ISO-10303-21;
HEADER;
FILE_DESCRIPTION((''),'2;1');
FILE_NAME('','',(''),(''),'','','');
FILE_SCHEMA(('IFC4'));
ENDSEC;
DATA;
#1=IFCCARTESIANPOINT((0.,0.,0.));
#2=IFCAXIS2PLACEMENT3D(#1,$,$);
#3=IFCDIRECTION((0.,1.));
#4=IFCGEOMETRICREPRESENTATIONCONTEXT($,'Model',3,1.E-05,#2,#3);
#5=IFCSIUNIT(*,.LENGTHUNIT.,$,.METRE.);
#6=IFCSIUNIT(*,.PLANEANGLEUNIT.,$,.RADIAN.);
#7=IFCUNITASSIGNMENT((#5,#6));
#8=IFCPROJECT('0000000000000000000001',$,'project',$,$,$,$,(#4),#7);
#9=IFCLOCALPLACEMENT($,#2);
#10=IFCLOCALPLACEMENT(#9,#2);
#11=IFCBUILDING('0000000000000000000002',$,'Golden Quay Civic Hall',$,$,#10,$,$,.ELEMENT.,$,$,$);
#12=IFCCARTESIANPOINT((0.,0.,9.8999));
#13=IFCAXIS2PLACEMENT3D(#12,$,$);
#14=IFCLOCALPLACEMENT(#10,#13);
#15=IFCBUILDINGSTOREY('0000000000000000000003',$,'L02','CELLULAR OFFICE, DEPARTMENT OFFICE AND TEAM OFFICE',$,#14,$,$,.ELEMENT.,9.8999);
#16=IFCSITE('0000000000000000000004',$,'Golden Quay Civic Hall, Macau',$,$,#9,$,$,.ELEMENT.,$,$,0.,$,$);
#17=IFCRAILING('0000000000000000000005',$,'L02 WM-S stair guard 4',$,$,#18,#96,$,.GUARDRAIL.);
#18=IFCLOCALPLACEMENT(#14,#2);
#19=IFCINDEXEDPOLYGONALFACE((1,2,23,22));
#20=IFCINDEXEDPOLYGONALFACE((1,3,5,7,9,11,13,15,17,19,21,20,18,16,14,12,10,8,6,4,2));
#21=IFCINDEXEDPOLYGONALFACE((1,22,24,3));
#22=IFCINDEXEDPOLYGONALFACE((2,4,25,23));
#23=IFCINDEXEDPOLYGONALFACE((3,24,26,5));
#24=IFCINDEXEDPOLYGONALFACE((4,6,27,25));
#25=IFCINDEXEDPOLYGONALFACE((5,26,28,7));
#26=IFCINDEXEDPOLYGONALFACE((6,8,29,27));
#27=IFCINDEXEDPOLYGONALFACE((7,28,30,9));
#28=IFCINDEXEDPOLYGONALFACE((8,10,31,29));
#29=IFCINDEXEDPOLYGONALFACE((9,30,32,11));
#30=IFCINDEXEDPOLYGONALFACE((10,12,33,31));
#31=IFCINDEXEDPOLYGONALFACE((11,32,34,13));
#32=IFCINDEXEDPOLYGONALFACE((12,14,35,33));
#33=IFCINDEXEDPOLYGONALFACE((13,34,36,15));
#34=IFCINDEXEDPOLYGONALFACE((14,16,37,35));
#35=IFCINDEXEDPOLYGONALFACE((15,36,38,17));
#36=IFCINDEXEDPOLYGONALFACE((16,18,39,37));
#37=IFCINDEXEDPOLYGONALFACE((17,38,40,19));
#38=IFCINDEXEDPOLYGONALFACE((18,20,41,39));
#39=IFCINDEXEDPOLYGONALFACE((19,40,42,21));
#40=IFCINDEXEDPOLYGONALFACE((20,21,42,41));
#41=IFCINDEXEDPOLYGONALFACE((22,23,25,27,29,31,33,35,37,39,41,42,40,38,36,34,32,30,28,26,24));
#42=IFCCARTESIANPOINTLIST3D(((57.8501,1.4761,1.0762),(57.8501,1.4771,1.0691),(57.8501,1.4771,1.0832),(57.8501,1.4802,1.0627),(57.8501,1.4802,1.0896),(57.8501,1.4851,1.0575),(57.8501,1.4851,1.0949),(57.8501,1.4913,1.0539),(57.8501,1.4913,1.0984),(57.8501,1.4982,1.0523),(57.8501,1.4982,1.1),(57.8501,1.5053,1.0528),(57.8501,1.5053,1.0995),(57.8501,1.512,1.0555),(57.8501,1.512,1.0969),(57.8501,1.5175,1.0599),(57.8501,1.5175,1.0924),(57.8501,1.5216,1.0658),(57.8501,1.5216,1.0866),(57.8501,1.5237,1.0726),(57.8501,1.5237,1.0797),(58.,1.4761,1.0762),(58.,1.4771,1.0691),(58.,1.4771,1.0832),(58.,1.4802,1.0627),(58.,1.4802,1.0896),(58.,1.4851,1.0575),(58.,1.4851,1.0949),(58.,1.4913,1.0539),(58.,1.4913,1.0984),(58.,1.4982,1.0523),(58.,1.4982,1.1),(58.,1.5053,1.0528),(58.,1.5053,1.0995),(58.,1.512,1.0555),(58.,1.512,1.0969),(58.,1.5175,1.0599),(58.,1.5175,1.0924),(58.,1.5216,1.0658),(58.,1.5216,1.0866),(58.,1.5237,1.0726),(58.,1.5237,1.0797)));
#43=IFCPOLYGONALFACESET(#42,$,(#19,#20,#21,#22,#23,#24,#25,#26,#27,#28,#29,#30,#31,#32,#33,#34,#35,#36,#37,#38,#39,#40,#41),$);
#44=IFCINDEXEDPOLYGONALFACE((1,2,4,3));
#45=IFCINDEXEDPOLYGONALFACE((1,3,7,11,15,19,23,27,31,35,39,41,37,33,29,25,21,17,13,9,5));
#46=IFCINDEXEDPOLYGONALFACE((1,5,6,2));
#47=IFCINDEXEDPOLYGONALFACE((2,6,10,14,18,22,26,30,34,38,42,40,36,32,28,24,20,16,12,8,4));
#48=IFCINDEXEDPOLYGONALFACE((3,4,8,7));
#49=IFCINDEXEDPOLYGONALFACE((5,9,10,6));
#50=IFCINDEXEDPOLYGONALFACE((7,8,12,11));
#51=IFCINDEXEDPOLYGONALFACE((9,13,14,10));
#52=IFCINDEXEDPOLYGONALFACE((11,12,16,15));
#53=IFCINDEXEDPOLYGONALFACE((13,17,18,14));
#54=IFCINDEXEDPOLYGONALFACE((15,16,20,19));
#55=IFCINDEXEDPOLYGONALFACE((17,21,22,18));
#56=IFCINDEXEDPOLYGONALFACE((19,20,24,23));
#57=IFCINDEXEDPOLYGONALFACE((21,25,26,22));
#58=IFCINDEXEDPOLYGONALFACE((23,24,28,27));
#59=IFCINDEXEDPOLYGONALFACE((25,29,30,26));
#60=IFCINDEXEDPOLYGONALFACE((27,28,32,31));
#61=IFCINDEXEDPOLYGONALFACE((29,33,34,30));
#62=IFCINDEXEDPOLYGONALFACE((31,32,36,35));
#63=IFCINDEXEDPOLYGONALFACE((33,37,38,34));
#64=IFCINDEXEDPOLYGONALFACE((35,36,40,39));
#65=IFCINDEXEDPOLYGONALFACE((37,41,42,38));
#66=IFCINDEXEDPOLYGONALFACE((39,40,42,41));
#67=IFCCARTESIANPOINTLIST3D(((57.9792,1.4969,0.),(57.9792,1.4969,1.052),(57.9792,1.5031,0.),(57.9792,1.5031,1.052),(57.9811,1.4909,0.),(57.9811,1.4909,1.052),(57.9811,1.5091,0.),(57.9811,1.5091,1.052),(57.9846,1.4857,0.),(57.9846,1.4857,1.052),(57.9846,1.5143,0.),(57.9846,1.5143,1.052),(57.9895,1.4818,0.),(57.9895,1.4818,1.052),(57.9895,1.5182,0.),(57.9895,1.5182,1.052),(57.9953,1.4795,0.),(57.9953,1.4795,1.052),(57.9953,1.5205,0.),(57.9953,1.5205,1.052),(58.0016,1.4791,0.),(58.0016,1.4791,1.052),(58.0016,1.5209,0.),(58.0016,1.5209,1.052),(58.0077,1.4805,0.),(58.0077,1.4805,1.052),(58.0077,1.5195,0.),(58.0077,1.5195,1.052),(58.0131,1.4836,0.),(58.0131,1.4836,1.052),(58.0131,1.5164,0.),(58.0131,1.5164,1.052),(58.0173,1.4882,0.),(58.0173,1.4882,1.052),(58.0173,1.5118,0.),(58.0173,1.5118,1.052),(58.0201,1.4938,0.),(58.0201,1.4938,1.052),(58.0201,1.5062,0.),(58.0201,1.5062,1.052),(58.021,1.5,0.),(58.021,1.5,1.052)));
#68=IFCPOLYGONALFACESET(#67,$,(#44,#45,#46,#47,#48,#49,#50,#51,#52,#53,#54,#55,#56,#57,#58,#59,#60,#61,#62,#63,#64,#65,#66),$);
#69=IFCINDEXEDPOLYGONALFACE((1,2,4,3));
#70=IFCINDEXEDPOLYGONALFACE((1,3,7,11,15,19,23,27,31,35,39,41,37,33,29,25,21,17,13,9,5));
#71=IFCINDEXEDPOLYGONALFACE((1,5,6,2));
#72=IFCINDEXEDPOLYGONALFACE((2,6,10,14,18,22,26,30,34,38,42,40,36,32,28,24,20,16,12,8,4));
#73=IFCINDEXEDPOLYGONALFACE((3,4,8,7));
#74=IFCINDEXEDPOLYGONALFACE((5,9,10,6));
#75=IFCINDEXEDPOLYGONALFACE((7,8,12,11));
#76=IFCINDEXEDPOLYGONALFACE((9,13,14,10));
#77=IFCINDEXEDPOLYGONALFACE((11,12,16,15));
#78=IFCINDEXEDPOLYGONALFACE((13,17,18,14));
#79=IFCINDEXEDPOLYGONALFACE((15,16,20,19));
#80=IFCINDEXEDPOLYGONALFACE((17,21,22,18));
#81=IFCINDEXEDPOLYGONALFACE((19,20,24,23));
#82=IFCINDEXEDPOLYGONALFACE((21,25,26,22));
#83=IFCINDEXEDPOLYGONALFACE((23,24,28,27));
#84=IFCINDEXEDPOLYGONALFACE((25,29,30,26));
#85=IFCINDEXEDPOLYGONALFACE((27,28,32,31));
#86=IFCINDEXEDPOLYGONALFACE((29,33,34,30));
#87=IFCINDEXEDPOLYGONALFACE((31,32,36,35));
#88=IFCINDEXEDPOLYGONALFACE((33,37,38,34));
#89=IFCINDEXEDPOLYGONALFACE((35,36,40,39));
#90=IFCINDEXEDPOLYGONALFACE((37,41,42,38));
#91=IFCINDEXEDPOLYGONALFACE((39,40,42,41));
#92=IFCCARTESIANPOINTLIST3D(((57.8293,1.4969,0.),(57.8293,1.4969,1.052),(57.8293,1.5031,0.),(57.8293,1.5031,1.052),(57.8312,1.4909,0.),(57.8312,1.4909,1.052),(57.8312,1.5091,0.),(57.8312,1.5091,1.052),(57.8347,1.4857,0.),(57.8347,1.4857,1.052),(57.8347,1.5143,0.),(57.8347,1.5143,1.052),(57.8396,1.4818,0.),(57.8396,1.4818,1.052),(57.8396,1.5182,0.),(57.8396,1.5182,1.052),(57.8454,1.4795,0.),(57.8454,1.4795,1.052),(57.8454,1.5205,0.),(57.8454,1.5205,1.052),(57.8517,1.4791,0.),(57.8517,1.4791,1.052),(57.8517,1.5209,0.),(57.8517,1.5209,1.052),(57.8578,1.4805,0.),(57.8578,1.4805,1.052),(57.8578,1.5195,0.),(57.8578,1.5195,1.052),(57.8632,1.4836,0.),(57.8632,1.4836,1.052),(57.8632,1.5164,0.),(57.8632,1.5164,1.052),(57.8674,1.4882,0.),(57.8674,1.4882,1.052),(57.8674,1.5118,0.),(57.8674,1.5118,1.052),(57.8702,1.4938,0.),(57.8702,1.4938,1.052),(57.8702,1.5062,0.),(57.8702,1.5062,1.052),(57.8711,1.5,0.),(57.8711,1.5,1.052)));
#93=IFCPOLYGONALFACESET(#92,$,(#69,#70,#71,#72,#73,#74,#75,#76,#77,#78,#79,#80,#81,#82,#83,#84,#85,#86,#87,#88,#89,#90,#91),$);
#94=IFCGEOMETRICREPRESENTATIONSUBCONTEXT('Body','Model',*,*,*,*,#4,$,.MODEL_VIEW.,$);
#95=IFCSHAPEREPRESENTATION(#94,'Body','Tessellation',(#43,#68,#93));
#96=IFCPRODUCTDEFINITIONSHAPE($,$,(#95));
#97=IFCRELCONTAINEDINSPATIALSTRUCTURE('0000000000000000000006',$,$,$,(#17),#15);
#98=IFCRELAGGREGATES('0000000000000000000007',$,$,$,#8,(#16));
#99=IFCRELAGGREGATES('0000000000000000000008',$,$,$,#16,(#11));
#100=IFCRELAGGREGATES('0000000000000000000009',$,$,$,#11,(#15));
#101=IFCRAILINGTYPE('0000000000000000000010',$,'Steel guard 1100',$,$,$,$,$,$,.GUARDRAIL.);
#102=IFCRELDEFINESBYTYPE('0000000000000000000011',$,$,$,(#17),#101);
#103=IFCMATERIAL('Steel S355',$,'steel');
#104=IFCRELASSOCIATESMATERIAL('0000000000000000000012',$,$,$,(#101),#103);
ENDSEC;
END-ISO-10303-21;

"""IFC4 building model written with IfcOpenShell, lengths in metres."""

from ifc_helpers import new_model, si_unit, direction, frame, origin, origin_2d, place, context, subcontext, project, spatial, circle, extrude, material, type_object, element, save


model = new_model("IFC4")

# Units and contexts
model_context = context("Model", 3, precision=1e-05, world=origin(), true_north=direction((0.0, 1.0)))
body_context = subcontext(model_context, "Body", "Model", "MODEL_VIEW")
ifc_project = project(units=[si_unit("LENGTHUNIT", "METRE"), si_unit("PLANEANGLEUNIT", "RADIAN")], contexts=[model_context])

# Site, building, storey
site_placement = place(None, origin())
site = spatial("IfcSite", under=ifc_project, at=site_placement, Name="Golden Quay Civic Hall, Macau", CompositionType="ELEMENT", RefElevation=0.0)
building_placement = place(site_placement, origin())
building = spatial("IfcBuilding", under=site, at=building_placement, Name="Golden Quay Civic Hall", CompositionType="ELEMENT")
storey_placement = place(building_placement, frame((0.0, 0.0, 9.8999)))
storey = spatial("IfcBuildingStorey", under=building, at=storey_placement, Name="L02", Description="CELLULAR OFFICE, DEPARTMENT OFFICE AND TEAM OFFICE", CompositionType="ELEMENT", Elevation=9.8999)

# Railing
ifc_material_1 = material(Name="Steel S355", Category="steel")
railing_type = type_object("IfcRailingType", Name="Steel guard 1100", PredefinedType="GUARDRAIL", material=ifc_material_1)
railing_1_placement = place(storey_placement, frame((58.0, 1.5, 0.0)))
element("IfcRailing", 1, at=railing_1_placement, inside=storey, type_object=railing_type, Name="L02 WM-S stair guard 4", PredefinedType="GUARDRAIL", context=body_context, shape_type="SweptSolid", body=[
    extrude(circle(Radius=0.0239, at=origin_2d()), frame((0.0, 0.0, 1.0762), z_axis=(-1.0, 0.0, 0.0), x_axis=(0.0, -1.0, 0.0)), (0.0, 0.0, 1.0), 0.1499),
    extrude(circle(Radius=0.021, at=origin_2d()), origin(), (0.0, 0.0, 1.0), 1.052),
    extrude(circle(Radius=0.021, at=origin_2d()), frame((-0.1499, 0.0, 0.0)), (0.0, 0.0, 1.0), 1.052),
])

save(model, "model.ifc")
